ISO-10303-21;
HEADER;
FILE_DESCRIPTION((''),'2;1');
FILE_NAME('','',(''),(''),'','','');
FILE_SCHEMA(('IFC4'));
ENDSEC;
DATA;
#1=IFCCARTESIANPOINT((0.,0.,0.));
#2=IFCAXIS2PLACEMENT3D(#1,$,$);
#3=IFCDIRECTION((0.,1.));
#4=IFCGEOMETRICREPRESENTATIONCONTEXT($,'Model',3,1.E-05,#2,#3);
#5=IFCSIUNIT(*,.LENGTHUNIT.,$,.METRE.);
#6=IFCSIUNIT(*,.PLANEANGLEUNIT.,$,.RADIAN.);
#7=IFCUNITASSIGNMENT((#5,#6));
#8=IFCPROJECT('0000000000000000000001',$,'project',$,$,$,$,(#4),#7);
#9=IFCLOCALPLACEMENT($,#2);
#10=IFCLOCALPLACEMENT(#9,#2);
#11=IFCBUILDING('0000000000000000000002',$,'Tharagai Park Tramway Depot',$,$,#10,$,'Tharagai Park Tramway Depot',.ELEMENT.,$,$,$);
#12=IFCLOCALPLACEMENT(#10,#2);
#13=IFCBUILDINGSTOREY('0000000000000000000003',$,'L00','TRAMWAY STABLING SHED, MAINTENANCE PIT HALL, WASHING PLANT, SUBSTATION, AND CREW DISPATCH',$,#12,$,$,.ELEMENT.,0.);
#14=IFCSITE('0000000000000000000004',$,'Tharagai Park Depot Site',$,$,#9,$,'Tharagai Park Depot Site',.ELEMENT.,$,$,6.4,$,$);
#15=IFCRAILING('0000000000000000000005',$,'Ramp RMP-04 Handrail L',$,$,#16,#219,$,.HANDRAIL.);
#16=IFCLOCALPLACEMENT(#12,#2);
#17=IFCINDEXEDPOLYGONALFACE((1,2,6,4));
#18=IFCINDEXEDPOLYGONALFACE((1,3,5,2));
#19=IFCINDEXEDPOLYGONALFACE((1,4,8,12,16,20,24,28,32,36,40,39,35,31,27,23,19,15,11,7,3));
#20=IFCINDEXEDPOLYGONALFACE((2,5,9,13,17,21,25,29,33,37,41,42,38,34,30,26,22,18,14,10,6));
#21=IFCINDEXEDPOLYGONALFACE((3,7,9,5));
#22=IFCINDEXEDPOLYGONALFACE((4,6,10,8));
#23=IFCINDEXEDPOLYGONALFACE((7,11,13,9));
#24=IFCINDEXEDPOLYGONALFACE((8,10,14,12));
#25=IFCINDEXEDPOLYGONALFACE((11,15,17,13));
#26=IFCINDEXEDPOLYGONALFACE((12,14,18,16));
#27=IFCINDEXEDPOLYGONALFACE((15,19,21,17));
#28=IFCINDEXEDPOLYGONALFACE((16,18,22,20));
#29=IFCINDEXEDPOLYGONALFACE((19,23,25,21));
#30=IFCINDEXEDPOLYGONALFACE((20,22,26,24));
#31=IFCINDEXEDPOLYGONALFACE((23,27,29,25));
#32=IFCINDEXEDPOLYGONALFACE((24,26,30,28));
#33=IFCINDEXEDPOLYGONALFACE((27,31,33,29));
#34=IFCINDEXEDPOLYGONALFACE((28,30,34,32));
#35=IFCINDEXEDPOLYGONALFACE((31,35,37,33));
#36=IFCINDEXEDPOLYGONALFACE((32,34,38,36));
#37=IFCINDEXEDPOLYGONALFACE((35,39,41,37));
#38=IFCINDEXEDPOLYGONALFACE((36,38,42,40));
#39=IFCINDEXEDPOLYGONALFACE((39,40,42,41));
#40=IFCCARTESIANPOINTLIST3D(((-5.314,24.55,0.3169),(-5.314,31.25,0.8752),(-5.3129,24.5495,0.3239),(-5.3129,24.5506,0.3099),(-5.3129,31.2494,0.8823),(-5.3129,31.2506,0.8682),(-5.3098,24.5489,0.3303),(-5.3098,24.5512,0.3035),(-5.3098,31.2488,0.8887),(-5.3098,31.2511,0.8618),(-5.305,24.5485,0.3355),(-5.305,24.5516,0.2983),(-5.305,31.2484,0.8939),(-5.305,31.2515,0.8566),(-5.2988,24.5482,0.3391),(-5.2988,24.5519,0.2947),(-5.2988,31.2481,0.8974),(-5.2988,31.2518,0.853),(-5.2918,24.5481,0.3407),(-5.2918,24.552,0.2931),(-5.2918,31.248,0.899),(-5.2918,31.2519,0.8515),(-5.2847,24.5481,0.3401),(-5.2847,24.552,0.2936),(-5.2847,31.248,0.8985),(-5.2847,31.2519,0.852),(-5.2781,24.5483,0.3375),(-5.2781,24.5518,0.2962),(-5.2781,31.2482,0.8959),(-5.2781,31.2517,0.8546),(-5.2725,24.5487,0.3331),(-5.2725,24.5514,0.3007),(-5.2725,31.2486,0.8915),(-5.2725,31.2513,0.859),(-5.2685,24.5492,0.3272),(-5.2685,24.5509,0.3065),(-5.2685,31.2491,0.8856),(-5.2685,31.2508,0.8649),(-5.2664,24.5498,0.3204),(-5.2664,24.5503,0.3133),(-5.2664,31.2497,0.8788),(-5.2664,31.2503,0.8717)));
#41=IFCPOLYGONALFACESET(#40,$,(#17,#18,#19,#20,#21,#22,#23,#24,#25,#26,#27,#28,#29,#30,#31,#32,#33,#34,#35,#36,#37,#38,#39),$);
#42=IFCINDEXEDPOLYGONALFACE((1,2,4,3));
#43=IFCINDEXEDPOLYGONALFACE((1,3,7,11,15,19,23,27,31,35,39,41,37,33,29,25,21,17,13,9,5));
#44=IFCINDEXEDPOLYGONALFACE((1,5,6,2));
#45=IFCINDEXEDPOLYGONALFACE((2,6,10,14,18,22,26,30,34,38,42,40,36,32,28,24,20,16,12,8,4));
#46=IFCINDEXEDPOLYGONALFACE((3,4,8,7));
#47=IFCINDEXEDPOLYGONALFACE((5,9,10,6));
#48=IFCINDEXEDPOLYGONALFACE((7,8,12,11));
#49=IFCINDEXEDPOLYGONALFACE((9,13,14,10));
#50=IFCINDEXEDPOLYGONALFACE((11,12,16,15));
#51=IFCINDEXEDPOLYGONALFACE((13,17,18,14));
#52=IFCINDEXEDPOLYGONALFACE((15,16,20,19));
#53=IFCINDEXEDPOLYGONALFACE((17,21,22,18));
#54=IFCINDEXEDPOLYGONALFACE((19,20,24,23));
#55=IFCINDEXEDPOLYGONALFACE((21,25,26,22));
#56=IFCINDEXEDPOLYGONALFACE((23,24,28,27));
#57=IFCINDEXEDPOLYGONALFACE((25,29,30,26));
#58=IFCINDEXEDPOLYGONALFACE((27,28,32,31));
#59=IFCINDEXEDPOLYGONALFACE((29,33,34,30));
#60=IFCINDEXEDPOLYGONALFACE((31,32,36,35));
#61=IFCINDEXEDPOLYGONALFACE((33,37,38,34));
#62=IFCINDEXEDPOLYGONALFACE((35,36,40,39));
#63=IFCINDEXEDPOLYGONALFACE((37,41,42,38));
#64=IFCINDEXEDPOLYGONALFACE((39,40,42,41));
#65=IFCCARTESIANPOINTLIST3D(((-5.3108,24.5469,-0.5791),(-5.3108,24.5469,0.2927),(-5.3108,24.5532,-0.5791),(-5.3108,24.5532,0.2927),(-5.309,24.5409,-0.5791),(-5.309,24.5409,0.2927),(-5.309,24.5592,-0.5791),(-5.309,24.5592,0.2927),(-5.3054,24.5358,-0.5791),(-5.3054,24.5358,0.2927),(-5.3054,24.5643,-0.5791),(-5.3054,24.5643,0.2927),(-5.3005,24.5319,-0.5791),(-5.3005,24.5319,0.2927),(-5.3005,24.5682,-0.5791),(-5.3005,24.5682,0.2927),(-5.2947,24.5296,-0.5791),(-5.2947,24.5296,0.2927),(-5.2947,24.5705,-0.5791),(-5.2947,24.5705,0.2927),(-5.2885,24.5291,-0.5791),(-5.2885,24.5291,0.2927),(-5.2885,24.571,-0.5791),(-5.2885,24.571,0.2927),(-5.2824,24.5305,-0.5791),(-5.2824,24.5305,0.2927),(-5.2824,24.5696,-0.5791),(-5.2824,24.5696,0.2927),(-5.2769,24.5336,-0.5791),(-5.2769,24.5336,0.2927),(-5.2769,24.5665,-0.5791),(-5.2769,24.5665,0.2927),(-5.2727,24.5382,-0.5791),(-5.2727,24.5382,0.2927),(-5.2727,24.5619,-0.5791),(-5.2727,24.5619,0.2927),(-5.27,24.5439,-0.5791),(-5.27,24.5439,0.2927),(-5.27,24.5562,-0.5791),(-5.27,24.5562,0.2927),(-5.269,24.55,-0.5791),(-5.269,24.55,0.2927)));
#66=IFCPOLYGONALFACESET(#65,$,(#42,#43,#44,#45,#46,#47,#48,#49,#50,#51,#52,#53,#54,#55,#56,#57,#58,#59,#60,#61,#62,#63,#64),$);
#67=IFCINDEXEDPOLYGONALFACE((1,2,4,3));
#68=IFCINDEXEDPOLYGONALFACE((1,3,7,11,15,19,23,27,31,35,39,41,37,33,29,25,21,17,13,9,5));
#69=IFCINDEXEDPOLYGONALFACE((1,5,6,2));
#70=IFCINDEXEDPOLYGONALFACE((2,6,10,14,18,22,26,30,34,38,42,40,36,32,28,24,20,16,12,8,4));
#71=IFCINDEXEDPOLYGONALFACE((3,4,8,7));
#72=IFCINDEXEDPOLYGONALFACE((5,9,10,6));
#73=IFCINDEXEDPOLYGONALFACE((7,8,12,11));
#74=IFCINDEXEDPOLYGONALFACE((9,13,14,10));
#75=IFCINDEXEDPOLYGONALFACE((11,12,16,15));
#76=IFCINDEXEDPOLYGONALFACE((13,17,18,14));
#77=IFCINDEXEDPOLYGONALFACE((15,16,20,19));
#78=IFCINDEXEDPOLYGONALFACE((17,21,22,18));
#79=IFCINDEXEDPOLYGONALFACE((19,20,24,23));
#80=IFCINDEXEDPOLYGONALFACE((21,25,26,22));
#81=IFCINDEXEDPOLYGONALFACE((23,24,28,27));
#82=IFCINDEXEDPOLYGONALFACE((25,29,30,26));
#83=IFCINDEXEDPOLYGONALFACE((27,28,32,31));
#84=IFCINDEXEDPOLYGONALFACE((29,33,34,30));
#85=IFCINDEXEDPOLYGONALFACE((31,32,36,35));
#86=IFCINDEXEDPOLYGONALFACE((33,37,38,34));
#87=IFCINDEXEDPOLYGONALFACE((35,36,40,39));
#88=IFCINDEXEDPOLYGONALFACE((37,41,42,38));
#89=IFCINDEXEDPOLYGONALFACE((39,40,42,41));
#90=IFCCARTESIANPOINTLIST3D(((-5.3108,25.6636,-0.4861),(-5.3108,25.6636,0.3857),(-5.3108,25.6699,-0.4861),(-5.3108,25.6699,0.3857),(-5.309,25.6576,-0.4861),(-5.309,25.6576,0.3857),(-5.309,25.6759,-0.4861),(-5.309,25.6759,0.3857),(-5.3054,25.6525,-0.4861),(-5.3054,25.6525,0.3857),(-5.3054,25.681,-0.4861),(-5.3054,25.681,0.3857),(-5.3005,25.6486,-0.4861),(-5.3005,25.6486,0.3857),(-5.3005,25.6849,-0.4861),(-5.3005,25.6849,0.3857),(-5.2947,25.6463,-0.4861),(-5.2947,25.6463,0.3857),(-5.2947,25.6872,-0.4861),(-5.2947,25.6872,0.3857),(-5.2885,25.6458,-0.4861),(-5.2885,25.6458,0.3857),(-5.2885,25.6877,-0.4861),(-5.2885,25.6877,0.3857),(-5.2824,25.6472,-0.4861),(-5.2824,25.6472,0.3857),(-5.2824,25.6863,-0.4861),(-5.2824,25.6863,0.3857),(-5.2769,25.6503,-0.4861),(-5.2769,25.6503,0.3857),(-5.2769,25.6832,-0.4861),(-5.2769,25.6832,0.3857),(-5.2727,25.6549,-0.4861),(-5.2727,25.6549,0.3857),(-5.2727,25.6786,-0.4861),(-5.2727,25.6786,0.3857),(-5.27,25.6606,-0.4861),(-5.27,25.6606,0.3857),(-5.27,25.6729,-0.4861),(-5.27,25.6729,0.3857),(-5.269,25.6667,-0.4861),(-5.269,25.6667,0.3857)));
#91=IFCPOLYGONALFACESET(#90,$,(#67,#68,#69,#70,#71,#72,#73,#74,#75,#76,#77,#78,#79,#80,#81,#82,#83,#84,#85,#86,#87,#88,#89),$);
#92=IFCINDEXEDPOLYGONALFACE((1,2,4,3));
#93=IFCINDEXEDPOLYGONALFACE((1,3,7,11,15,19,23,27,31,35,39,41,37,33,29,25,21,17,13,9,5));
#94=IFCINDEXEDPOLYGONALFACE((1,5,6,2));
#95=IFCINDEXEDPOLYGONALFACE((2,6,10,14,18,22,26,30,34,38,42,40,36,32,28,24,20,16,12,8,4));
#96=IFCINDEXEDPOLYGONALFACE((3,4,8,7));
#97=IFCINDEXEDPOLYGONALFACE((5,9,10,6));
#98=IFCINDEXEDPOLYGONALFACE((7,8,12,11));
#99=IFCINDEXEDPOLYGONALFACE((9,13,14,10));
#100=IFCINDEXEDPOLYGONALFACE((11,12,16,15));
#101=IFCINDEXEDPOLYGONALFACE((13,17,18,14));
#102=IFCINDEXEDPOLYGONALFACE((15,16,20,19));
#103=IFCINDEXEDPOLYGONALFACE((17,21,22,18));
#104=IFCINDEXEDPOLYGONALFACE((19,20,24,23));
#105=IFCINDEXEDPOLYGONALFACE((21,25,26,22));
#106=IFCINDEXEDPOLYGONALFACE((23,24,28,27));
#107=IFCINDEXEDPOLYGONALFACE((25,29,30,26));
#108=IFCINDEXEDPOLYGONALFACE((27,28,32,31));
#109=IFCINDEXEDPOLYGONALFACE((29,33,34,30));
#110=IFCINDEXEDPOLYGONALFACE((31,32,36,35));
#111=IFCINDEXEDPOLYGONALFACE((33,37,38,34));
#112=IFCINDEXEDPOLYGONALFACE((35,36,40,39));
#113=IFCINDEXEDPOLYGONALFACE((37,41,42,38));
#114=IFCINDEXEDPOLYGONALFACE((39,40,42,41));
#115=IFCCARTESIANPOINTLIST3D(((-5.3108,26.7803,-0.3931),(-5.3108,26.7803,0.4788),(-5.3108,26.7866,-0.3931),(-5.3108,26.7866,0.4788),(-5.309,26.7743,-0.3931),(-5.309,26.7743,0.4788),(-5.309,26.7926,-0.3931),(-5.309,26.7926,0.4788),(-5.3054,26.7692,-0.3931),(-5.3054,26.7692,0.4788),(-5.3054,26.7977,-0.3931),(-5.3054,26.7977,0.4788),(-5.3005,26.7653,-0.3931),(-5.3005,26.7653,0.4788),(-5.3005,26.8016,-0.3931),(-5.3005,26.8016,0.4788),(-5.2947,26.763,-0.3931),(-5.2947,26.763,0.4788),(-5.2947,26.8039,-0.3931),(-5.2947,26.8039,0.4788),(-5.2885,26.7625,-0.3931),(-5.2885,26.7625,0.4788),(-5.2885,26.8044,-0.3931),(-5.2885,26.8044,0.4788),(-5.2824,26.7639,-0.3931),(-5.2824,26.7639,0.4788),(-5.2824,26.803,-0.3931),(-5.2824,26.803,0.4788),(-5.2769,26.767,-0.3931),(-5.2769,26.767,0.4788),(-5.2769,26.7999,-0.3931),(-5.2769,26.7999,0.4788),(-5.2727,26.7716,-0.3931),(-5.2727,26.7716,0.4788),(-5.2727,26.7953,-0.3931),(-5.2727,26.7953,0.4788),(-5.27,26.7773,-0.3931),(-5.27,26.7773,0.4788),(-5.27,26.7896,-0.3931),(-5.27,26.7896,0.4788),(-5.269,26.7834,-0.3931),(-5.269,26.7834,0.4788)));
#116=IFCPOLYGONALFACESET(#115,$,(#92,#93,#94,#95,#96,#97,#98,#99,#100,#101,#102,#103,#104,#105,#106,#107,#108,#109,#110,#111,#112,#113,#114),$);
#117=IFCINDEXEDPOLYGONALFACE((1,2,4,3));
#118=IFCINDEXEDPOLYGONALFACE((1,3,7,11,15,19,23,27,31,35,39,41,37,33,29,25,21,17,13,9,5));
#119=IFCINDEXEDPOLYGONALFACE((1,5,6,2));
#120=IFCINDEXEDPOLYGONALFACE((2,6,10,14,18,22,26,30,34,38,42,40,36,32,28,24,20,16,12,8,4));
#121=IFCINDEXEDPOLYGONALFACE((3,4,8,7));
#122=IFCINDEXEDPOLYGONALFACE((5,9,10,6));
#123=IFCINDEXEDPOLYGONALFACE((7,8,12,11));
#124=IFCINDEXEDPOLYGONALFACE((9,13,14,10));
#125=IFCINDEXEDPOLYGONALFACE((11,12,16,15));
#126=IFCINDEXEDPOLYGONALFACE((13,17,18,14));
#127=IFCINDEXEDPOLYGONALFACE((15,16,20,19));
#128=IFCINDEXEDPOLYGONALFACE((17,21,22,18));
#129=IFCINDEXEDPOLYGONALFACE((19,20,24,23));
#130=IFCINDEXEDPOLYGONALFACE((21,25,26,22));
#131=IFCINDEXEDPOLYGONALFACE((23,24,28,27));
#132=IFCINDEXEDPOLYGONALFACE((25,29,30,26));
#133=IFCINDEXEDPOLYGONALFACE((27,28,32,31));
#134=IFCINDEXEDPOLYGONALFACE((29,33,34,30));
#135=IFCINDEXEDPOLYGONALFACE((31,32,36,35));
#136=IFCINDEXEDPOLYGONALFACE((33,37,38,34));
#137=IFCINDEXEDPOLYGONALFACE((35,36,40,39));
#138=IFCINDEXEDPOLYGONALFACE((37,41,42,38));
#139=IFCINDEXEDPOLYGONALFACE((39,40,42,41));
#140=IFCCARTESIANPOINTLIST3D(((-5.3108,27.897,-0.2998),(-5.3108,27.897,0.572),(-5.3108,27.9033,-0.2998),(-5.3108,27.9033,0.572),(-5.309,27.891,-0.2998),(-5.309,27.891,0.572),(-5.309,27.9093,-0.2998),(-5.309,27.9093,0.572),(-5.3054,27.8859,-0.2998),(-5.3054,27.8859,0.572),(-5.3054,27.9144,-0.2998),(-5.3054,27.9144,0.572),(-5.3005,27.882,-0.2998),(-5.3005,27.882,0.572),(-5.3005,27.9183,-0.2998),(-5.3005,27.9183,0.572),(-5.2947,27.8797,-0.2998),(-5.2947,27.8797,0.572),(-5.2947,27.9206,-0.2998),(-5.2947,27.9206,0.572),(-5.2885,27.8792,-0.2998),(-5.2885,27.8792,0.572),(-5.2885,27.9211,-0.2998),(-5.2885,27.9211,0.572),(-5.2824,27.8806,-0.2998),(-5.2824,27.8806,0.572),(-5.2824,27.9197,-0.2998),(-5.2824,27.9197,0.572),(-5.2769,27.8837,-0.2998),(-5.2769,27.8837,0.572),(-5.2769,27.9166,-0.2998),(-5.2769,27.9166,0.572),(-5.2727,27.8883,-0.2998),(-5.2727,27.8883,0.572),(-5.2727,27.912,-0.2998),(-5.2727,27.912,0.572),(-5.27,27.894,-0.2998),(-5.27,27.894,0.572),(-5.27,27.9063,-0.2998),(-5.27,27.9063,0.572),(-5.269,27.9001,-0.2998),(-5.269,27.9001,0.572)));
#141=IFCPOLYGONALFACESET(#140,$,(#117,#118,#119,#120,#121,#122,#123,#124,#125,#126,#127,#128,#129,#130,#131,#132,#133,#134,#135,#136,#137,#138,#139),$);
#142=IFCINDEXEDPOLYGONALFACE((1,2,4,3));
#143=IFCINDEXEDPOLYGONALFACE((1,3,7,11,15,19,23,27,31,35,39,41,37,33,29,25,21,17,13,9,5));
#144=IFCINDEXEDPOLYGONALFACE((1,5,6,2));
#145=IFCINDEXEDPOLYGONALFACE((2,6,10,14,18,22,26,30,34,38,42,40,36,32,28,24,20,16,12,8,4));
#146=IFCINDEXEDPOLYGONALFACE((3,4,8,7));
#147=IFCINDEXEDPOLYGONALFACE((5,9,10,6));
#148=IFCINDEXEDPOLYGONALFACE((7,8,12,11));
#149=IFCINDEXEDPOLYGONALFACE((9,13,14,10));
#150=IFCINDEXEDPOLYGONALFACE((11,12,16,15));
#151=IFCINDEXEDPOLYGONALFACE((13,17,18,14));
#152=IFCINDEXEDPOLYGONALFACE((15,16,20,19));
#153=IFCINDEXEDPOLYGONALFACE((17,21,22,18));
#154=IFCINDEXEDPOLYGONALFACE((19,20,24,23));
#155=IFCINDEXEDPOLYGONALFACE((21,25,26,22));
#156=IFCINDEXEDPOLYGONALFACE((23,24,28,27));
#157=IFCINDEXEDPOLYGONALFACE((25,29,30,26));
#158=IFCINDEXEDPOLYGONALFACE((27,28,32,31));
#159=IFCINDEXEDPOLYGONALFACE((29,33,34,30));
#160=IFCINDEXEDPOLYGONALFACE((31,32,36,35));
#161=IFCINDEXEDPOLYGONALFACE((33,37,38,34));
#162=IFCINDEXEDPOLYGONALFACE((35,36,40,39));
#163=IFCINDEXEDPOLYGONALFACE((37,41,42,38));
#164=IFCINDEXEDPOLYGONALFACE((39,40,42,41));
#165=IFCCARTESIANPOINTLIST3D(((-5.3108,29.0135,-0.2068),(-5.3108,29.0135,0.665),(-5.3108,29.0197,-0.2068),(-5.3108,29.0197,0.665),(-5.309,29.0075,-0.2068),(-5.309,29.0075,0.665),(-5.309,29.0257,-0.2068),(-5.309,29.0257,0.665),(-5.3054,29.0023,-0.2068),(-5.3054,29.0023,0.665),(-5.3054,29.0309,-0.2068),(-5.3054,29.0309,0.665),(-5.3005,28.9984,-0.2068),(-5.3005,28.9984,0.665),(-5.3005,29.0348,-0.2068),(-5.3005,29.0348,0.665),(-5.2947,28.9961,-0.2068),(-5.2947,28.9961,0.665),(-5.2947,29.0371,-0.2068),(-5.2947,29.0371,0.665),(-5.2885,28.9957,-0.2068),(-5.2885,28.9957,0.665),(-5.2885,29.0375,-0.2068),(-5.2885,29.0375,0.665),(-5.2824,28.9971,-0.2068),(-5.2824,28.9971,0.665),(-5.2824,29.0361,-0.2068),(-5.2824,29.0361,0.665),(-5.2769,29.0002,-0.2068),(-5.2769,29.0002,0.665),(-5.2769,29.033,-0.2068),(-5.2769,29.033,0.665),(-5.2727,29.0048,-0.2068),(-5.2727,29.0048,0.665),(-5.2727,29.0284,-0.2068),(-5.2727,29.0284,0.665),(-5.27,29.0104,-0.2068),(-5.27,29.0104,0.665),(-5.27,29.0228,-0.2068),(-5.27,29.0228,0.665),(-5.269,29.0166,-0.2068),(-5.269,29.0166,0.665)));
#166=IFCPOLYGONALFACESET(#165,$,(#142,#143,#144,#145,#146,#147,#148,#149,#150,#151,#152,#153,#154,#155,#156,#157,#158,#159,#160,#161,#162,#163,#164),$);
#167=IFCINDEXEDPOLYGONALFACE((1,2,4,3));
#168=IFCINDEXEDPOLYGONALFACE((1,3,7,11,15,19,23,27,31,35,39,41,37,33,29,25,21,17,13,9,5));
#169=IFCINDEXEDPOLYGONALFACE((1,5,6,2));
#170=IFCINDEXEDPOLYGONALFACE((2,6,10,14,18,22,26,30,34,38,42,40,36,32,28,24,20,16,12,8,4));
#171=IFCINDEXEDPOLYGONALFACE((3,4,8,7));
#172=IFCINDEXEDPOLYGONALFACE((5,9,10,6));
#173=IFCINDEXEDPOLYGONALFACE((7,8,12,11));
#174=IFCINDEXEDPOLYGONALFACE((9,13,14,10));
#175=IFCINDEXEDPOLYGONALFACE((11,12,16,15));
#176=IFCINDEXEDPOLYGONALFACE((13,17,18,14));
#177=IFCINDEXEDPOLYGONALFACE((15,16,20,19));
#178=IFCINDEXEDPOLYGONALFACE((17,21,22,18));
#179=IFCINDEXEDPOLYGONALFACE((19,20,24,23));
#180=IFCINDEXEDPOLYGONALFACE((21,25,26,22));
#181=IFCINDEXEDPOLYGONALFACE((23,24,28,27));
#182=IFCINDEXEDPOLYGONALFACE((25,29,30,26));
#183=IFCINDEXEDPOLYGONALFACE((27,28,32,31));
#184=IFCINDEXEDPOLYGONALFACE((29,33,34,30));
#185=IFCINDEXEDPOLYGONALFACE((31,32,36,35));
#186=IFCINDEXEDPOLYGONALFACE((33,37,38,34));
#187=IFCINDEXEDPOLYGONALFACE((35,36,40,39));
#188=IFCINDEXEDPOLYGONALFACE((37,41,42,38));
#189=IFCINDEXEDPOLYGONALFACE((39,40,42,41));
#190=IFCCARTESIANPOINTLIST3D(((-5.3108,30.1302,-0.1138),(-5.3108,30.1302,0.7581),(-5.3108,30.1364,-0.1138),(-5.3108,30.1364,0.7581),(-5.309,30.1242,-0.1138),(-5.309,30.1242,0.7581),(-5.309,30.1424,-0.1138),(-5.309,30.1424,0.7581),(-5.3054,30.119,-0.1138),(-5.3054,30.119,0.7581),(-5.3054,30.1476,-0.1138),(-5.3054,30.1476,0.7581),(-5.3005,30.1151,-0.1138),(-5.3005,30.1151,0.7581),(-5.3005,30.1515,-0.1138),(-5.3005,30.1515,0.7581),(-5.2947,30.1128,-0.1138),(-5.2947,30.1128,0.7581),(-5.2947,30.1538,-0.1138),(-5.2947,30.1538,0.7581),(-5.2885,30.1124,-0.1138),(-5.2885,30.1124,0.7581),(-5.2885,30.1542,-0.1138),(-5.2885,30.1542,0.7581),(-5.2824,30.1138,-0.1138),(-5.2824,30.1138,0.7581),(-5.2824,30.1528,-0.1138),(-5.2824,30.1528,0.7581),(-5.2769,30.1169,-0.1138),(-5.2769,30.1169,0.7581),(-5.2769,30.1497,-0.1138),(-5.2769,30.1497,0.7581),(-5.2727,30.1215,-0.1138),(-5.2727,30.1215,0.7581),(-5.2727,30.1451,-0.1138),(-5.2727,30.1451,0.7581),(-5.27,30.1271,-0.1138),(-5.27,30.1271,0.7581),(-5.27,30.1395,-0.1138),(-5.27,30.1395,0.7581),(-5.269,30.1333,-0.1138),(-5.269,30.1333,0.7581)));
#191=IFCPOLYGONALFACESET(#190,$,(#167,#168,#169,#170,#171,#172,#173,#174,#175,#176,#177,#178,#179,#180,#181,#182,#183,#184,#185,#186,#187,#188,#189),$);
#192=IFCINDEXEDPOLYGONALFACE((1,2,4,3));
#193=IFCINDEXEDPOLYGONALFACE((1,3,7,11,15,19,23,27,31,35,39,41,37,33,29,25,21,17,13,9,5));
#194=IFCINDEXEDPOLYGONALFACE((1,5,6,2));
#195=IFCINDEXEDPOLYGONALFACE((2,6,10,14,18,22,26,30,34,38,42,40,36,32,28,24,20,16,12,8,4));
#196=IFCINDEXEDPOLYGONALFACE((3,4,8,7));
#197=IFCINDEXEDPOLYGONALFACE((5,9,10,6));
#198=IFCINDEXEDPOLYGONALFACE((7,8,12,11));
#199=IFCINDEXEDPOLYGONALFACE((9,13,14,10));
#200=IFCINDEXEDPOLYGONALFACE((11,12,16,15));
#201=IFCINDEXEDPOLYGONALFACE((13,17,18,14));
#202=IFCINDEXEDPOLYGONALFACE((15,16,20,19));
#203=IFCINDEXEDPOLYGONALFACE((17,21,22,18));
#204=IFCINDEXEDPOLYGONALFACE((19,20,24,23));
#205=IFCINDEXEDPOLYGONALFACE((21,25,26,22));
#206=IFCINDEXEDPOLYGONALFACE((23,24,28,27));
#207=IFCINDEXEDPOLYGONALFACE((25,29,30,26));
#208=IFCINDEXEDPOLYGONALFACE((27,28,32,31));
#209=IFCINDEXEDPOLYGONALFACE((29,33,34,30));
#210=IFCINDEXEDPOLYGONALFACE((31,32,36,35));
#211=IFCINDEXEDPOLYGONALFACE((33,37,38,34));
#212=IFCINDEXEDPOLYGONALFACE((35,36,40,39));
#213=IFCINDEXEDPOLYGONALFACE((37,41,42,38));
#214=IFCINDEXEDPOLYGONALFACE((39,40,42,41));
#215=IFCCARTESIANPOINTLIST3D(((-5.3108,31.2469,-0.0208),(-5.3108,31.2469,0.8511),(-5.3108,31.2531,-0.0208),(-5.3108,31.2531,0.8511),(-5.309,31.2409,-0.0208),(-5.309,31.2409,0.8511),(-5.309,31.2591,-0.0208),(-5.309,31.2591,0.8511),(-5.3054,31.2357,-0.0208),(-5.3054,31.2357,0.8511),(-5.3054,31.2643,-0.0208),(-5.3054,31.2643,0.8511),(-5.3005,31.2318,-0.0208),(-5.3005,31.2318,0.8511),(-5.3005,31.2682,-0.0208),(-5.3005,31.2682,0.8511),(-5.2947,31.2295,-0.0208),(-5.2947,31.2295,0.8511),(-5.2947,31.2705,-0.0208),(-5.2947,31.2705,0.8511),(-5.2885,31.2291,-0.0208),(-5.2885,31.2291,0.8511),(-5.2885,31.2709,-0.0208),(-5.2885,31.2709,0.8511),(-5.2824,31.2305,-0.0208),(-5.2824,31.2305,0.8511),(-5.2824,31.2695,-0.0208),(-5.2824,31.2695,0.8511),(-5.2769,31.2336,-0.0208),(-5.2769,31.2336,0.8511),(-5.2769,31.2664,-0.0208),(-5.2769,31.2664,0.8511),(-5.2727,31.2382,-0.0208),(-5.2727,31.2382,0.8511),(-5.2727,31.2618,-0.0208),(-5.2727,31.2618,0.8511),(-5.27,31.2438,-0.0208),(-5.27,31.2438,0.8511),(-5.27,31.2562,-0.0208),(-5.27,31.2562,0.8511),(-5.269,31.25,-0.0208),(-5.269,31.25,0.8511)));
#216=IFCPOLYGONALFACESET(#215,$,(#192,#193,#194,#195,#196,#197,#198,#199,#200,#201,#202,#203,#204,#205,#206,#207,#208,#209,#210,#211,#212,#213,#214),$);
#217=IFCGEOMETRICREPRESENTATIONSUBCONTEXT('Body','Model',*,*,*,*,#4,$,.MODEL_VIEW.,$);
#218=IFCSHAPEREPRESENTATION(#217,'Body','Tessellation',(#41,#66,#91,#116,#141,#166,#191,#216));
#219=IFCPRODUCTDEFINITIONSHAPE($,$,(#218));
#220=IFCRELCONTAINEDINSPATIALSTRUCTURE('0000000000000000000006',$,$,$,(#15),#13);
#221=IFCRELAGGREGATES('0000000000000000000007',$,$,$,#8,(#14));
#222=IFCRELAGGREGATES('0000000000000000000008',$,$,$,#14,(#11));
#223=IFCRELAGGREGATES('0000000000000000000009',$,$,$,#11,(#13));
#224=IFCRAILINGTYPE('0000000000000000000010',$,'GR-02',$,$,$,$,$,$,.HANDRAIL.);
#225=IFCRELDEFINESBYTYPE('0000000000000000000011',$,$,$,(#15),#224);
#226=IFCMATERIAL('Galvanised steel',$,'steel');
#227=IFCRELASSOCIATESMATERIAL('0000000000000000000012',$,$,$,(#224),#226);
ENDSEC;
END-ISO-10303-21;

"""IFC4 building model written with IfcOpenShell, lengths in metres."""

from ifc_helpers import new_model, si_unit, direction, frame, origin, origin_2d, place, context, subcontext, project, spatial, circle, extrude, material, type_object, element, save


model = new_model("IFC4")

# Units and contexts
model_context = context("Model", 3, precision=1e-05, world=origin(), true_north=direction((0.0, 1.0)))
body_context = subcontext(model_context, "Body", "Model", "MODEL_VIEW")
ifc_project = project(units=[si_unit("LENGTHUNIT", "METRE"), si_unit("PLANEANGLEUNIT", "RADIAN")], contexts=[model_context])

# Site, building, storey
site_placement = place(None, origin())
site = spatial("IfcSite", under=ifc_project, at=site_placement, Name="Tharagai Park Depot Site", LongName="Tharagai Park Depot Site", CompositionType="ELEMENT", RefElevation=6.4)
building_placement = place(site_placement, origin())
building = spatial("IfcBuilding", under=site, at=building_placement, Name="Tharagai Park Tramway Depot", LongName="Tharagai Park Tramway Depot", CompositionType="ELEMENT")
storey_placement = place(building_placement, origin())
storey = spatial("IfcBuildingStorey", under=building, at=storey_placement, Name="L00", Description="TRAMWAY STABLING SHED, MAINTENANCE PIT HALL, WASHING PLANT, SUBSTATION, AND CREW DISPATCH", CompositionType="ELEMENT", Elevation=0.0)

# Railing
ifc_material_1 = material(Name="Galvanised steel", Category="steel")
railing_type_1 = type_object("IfcRailingType", Name="GR-02", PredefinedType="HANDRAIL", material=ifc_material_1)
for number, where, name in (
    (1, (-5.29, 24.55, -0.5791), "Ramp RMP-04 Handrail L"),
):
    element("IfcRailing", number, at=place(storey_placement, frame(where)), inside=storey, type_object=railing_type_1, Name=name, PredefinedType="HANDRAIL", context=body_context, shape_type="SweptSolid", body=[
        extrude(circle(Radius=0.0239, at=origin_2d()), frame((0.0, 0.0, 0.896), z_axis=(0.0, 0.996546, 0.083048), x_axis=(-1.0, 0.0, 0.0)), (0.0, 0.0, 1.0), 6.7231),
        extrude(circle(Radius=0.021, at=origin_2d()), origin(), (0.0, 0.0, 1.0), 0.8718),
        extrude(circle(Radius=0.021, at=origin_2d()), frame((0.0, 1.1167, 0.093)), (0.0, 0.0, 1.0), 0.8718),
        extrude(circle(Radius=0.021, at=origin_2d()), frame((0.0, 2.2334, 0.186)), (0.0, 0.0, 1.0), 0.8718),
        extrude(circle(Radius=0.021, at=origin_2d()), frame((0.0, 3.3501, 0.2793)), (0.0, 0.0, 1.0), 0.8718),
        extrude(circle(Radius=0.021, at=origin_2d()), frame((0.0, 4.4666, 0.3723)), (0.0, 0.0, 1.0), 0.8718),
        extrude(circle(Radius=0.021, at=origin_2d()), frame((0.0, 5.5833, 0.4653)), (0.0, 0.0, 1.0), 0.8718),
        extrude(circle(Radius=0.021, at=origin_2d()), frame((0.0, 6.7, 0.5583)), (0.0, 0.0, 1.0), 0.8718),
    ])

save(model, "model.ifc")
